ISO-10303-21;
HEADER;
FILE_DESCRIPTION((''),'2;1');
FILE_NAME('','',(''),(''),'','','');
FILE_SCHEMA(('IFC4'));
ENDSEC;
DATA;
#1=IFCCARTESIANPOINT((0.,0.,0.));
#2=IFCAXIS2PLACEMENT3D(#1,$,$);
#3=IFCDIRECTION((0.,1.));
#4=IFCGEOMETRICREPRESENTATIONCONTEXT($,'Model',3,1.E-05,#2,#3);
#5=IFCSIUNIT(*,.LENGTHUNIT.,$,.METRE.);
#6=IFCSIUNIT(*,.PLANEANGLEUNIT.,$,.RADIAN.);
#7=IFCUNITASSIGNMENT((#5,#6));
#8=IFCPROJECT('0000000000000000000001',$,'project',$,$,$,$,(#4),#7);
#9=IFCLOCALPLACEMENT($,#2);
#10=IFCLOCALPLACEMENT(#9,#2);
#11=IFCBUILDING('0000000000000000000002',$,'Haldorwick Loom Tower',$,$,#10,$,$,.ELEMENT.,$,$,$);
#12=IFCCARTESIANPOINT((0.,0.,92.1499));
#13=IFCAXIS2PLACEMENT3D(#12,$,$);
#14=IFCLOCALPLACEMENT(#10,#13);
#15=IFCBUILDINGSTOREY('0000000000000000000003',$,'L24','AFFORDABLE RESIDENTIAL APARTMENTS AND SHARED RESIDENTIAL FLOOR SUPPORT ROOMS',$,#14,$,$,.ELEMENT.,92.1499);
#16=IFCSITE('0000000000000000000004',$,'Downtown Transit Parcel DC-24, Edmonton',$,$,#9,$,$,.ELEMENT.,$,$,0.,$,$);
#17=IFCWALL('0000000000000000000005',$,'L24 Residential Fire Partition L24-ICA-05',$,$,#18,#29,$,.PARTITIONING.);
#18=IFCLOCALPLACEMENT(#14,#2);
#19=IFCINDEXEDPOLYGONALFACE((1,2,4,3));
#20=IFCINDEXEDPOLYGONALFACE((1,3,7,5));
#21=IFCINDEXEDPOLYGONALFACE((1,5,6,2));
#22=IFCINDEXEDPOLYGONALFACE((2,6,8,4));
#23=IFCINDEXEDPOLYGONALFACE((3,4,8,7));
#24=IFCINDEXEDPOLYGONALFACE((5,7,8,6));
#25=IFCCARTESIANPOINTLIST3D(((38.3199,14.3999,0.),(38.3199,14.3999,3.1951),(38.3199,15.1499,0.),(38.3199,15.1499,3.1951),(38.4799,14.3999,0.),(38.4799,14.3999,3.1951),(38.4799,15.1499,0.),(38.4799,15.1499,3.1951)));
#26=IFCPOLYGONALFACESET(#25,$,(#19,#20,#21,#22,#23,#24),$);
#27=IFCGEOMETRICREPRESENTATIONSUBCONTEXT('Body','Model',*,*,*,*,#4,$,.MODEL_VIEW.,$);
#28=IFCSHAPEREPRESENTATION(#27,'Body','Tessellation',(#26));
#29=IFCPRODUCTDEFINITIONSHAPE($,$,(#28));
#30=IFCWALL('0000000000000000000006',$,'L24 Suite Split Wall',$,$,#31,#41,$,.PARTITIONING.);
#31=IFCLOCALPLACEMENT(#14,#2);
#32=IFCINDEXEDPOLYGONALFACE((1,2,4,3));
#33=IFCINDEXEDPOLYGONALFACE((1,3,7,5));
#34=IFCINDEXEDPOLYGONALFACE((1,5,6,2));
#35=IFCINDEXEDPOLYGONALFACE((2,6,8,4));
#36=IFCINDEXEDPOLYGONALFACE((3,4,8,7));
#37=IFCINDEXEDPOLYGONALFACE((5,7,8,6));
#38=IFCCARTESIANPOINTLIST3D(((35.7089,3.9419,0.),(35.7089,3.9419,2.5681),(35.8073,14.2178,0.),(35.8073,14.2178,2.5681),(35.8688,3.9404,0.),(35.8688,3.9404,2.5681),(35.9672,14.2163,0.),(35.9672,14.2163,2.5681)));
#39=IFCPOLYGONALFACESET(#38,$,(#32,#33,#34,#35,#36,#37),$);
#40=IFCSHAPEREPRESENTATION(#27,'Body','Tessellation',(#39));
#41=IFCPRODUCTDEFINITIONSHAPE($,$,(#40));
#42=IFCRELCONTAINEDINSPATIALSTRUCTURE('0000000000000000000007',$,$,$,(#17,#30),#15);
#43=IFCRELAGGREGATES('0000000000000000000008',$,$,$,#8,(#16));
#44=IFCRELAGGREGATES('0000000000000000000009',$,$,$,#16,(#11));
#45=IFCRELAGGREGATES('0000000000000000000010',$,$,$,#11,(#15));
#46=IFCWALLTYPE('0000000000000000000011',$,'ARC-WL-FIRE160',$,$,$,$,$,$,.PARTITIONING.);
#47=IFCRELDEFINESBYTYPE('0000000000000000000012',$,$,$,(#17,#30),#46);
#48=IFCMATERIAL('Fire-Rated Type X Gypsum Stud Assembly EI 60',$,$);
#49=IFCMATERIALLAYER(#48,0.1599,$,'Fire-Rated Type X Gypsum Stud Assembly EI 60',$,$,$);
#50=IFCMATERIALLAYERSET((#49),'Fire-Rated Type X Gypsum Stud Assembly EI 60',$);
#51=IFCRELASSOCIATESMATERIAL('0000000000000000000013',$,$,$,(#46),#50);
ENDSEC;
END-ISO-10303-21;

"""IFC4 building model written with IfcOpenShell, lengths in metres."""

from ifc_helpers import new_model, si_unit, direction, frame, frame_2d, origin, place, context, subcontext, project, spatial, rectangle, extrude, material, layer, layer_set, type_object, element, save


model = new_model("IFC4")

# Units and contexts
model_context = context("Model", 3, precision=1e-05, world=origin(), true_north=direction((0.0, 1.0)))
body_context = subcontext(model_context, "Body", "Model", "MODEL_VIEW")
ifc_project = project(units=[si_unit("LENGTHUNIT", "METRE"), si_unit("PLANEANGLEUNIT", "RADIAN")], contexts=[model_context])

# Site, building, storey
site_placement = place(None, origin())
site = spatial("IfcSite", under=ifc_project, at=site_placement, Name="Downtown Transit Parcel DC-24, Edmonton", CompositionType="ELEMENT", RefElevation=0.0)
building_placement = place(site_placement, origin())
building = spatial("IfcBuilding", under=site, at=building_placement, Name="Haldorwick Loom Tower", CompositionType="ELEMENT")
storey_placement = place(building_placement, frame((0.0, 0.0, 92.1499)))
storey = spatial("IfcBuildingStorey", under=building, at=storey_placement, Name="L24", Description="AFFORDABLE RESIDENTIAL APARTMENTS AND SHARED RESIDENTIAL FLOOR SUPPORT ROOMS", CompositionType="ELEMENT", Elevation=92.1499)

# Walls
ifc_material_1 = material(Name="Fire-Rated Type X Gypsum Stud Assembly EI 60")
ifc_layer_1 = layer(ifc_material_1, 0.1599, Name="Fire-Rated Type X Gypsum Stud Assembly EI 60")
ifc_layer_set_1 = layer_set([ifc_layer_1], Name="Fire-Rated Type X Gypsum Stud Assembly EI 60")
wall_type_1 = type_object("IfcWallType", Name="ARC-WL-FIRE160", PredefinedType="PARTITIONING", material=ifc_layer_set_1)
wall_1_placement = place(storey_placement, frame((38.3999, 15.1499, 0.0), z_axis=(0.0, 0.0, 1.0), x_axis=(0.0, -1.0, 0.0)))
element("IfcWall", 1, at=wall_1_placement, inside=storey, type_object=wall_type_1, Name="L24 Residential Fire Partition L24-ICA-05", PredefinedType="PARTITIONING", context=body_context, shape_type="SweptSolid", body=[
    extrude(rectangle(XDim=0.75, YDim=0.1599, at=frame_2d((0.375, 0.0))), origin(), (0.0, 0.0, 1.0), 3.1951),
])
wall_2_placement = place(storey_placement, frame((35.8872, 14.217, 0.0), z_axis=(0.0, 0.0, 1.0), x_axis=(-0.009574, -0.999954, 0.0)))
element("IfcWall", 2, at=wall_2_placement, inside=storey, type_object=wall_type_1, Name="L24 Suite Split Wall", PredefinedType="PARTITIONING", context=body_context, shape_type="SweptSolid", body=[
    extrude(rectangle(XDim=10.2764, YDim=0.1599, at=frame_2d((5.1382, 0.0))), origin(), (0.0, 0.0, 1.0), 2.5681),
])

save(model, "model.ifc")
